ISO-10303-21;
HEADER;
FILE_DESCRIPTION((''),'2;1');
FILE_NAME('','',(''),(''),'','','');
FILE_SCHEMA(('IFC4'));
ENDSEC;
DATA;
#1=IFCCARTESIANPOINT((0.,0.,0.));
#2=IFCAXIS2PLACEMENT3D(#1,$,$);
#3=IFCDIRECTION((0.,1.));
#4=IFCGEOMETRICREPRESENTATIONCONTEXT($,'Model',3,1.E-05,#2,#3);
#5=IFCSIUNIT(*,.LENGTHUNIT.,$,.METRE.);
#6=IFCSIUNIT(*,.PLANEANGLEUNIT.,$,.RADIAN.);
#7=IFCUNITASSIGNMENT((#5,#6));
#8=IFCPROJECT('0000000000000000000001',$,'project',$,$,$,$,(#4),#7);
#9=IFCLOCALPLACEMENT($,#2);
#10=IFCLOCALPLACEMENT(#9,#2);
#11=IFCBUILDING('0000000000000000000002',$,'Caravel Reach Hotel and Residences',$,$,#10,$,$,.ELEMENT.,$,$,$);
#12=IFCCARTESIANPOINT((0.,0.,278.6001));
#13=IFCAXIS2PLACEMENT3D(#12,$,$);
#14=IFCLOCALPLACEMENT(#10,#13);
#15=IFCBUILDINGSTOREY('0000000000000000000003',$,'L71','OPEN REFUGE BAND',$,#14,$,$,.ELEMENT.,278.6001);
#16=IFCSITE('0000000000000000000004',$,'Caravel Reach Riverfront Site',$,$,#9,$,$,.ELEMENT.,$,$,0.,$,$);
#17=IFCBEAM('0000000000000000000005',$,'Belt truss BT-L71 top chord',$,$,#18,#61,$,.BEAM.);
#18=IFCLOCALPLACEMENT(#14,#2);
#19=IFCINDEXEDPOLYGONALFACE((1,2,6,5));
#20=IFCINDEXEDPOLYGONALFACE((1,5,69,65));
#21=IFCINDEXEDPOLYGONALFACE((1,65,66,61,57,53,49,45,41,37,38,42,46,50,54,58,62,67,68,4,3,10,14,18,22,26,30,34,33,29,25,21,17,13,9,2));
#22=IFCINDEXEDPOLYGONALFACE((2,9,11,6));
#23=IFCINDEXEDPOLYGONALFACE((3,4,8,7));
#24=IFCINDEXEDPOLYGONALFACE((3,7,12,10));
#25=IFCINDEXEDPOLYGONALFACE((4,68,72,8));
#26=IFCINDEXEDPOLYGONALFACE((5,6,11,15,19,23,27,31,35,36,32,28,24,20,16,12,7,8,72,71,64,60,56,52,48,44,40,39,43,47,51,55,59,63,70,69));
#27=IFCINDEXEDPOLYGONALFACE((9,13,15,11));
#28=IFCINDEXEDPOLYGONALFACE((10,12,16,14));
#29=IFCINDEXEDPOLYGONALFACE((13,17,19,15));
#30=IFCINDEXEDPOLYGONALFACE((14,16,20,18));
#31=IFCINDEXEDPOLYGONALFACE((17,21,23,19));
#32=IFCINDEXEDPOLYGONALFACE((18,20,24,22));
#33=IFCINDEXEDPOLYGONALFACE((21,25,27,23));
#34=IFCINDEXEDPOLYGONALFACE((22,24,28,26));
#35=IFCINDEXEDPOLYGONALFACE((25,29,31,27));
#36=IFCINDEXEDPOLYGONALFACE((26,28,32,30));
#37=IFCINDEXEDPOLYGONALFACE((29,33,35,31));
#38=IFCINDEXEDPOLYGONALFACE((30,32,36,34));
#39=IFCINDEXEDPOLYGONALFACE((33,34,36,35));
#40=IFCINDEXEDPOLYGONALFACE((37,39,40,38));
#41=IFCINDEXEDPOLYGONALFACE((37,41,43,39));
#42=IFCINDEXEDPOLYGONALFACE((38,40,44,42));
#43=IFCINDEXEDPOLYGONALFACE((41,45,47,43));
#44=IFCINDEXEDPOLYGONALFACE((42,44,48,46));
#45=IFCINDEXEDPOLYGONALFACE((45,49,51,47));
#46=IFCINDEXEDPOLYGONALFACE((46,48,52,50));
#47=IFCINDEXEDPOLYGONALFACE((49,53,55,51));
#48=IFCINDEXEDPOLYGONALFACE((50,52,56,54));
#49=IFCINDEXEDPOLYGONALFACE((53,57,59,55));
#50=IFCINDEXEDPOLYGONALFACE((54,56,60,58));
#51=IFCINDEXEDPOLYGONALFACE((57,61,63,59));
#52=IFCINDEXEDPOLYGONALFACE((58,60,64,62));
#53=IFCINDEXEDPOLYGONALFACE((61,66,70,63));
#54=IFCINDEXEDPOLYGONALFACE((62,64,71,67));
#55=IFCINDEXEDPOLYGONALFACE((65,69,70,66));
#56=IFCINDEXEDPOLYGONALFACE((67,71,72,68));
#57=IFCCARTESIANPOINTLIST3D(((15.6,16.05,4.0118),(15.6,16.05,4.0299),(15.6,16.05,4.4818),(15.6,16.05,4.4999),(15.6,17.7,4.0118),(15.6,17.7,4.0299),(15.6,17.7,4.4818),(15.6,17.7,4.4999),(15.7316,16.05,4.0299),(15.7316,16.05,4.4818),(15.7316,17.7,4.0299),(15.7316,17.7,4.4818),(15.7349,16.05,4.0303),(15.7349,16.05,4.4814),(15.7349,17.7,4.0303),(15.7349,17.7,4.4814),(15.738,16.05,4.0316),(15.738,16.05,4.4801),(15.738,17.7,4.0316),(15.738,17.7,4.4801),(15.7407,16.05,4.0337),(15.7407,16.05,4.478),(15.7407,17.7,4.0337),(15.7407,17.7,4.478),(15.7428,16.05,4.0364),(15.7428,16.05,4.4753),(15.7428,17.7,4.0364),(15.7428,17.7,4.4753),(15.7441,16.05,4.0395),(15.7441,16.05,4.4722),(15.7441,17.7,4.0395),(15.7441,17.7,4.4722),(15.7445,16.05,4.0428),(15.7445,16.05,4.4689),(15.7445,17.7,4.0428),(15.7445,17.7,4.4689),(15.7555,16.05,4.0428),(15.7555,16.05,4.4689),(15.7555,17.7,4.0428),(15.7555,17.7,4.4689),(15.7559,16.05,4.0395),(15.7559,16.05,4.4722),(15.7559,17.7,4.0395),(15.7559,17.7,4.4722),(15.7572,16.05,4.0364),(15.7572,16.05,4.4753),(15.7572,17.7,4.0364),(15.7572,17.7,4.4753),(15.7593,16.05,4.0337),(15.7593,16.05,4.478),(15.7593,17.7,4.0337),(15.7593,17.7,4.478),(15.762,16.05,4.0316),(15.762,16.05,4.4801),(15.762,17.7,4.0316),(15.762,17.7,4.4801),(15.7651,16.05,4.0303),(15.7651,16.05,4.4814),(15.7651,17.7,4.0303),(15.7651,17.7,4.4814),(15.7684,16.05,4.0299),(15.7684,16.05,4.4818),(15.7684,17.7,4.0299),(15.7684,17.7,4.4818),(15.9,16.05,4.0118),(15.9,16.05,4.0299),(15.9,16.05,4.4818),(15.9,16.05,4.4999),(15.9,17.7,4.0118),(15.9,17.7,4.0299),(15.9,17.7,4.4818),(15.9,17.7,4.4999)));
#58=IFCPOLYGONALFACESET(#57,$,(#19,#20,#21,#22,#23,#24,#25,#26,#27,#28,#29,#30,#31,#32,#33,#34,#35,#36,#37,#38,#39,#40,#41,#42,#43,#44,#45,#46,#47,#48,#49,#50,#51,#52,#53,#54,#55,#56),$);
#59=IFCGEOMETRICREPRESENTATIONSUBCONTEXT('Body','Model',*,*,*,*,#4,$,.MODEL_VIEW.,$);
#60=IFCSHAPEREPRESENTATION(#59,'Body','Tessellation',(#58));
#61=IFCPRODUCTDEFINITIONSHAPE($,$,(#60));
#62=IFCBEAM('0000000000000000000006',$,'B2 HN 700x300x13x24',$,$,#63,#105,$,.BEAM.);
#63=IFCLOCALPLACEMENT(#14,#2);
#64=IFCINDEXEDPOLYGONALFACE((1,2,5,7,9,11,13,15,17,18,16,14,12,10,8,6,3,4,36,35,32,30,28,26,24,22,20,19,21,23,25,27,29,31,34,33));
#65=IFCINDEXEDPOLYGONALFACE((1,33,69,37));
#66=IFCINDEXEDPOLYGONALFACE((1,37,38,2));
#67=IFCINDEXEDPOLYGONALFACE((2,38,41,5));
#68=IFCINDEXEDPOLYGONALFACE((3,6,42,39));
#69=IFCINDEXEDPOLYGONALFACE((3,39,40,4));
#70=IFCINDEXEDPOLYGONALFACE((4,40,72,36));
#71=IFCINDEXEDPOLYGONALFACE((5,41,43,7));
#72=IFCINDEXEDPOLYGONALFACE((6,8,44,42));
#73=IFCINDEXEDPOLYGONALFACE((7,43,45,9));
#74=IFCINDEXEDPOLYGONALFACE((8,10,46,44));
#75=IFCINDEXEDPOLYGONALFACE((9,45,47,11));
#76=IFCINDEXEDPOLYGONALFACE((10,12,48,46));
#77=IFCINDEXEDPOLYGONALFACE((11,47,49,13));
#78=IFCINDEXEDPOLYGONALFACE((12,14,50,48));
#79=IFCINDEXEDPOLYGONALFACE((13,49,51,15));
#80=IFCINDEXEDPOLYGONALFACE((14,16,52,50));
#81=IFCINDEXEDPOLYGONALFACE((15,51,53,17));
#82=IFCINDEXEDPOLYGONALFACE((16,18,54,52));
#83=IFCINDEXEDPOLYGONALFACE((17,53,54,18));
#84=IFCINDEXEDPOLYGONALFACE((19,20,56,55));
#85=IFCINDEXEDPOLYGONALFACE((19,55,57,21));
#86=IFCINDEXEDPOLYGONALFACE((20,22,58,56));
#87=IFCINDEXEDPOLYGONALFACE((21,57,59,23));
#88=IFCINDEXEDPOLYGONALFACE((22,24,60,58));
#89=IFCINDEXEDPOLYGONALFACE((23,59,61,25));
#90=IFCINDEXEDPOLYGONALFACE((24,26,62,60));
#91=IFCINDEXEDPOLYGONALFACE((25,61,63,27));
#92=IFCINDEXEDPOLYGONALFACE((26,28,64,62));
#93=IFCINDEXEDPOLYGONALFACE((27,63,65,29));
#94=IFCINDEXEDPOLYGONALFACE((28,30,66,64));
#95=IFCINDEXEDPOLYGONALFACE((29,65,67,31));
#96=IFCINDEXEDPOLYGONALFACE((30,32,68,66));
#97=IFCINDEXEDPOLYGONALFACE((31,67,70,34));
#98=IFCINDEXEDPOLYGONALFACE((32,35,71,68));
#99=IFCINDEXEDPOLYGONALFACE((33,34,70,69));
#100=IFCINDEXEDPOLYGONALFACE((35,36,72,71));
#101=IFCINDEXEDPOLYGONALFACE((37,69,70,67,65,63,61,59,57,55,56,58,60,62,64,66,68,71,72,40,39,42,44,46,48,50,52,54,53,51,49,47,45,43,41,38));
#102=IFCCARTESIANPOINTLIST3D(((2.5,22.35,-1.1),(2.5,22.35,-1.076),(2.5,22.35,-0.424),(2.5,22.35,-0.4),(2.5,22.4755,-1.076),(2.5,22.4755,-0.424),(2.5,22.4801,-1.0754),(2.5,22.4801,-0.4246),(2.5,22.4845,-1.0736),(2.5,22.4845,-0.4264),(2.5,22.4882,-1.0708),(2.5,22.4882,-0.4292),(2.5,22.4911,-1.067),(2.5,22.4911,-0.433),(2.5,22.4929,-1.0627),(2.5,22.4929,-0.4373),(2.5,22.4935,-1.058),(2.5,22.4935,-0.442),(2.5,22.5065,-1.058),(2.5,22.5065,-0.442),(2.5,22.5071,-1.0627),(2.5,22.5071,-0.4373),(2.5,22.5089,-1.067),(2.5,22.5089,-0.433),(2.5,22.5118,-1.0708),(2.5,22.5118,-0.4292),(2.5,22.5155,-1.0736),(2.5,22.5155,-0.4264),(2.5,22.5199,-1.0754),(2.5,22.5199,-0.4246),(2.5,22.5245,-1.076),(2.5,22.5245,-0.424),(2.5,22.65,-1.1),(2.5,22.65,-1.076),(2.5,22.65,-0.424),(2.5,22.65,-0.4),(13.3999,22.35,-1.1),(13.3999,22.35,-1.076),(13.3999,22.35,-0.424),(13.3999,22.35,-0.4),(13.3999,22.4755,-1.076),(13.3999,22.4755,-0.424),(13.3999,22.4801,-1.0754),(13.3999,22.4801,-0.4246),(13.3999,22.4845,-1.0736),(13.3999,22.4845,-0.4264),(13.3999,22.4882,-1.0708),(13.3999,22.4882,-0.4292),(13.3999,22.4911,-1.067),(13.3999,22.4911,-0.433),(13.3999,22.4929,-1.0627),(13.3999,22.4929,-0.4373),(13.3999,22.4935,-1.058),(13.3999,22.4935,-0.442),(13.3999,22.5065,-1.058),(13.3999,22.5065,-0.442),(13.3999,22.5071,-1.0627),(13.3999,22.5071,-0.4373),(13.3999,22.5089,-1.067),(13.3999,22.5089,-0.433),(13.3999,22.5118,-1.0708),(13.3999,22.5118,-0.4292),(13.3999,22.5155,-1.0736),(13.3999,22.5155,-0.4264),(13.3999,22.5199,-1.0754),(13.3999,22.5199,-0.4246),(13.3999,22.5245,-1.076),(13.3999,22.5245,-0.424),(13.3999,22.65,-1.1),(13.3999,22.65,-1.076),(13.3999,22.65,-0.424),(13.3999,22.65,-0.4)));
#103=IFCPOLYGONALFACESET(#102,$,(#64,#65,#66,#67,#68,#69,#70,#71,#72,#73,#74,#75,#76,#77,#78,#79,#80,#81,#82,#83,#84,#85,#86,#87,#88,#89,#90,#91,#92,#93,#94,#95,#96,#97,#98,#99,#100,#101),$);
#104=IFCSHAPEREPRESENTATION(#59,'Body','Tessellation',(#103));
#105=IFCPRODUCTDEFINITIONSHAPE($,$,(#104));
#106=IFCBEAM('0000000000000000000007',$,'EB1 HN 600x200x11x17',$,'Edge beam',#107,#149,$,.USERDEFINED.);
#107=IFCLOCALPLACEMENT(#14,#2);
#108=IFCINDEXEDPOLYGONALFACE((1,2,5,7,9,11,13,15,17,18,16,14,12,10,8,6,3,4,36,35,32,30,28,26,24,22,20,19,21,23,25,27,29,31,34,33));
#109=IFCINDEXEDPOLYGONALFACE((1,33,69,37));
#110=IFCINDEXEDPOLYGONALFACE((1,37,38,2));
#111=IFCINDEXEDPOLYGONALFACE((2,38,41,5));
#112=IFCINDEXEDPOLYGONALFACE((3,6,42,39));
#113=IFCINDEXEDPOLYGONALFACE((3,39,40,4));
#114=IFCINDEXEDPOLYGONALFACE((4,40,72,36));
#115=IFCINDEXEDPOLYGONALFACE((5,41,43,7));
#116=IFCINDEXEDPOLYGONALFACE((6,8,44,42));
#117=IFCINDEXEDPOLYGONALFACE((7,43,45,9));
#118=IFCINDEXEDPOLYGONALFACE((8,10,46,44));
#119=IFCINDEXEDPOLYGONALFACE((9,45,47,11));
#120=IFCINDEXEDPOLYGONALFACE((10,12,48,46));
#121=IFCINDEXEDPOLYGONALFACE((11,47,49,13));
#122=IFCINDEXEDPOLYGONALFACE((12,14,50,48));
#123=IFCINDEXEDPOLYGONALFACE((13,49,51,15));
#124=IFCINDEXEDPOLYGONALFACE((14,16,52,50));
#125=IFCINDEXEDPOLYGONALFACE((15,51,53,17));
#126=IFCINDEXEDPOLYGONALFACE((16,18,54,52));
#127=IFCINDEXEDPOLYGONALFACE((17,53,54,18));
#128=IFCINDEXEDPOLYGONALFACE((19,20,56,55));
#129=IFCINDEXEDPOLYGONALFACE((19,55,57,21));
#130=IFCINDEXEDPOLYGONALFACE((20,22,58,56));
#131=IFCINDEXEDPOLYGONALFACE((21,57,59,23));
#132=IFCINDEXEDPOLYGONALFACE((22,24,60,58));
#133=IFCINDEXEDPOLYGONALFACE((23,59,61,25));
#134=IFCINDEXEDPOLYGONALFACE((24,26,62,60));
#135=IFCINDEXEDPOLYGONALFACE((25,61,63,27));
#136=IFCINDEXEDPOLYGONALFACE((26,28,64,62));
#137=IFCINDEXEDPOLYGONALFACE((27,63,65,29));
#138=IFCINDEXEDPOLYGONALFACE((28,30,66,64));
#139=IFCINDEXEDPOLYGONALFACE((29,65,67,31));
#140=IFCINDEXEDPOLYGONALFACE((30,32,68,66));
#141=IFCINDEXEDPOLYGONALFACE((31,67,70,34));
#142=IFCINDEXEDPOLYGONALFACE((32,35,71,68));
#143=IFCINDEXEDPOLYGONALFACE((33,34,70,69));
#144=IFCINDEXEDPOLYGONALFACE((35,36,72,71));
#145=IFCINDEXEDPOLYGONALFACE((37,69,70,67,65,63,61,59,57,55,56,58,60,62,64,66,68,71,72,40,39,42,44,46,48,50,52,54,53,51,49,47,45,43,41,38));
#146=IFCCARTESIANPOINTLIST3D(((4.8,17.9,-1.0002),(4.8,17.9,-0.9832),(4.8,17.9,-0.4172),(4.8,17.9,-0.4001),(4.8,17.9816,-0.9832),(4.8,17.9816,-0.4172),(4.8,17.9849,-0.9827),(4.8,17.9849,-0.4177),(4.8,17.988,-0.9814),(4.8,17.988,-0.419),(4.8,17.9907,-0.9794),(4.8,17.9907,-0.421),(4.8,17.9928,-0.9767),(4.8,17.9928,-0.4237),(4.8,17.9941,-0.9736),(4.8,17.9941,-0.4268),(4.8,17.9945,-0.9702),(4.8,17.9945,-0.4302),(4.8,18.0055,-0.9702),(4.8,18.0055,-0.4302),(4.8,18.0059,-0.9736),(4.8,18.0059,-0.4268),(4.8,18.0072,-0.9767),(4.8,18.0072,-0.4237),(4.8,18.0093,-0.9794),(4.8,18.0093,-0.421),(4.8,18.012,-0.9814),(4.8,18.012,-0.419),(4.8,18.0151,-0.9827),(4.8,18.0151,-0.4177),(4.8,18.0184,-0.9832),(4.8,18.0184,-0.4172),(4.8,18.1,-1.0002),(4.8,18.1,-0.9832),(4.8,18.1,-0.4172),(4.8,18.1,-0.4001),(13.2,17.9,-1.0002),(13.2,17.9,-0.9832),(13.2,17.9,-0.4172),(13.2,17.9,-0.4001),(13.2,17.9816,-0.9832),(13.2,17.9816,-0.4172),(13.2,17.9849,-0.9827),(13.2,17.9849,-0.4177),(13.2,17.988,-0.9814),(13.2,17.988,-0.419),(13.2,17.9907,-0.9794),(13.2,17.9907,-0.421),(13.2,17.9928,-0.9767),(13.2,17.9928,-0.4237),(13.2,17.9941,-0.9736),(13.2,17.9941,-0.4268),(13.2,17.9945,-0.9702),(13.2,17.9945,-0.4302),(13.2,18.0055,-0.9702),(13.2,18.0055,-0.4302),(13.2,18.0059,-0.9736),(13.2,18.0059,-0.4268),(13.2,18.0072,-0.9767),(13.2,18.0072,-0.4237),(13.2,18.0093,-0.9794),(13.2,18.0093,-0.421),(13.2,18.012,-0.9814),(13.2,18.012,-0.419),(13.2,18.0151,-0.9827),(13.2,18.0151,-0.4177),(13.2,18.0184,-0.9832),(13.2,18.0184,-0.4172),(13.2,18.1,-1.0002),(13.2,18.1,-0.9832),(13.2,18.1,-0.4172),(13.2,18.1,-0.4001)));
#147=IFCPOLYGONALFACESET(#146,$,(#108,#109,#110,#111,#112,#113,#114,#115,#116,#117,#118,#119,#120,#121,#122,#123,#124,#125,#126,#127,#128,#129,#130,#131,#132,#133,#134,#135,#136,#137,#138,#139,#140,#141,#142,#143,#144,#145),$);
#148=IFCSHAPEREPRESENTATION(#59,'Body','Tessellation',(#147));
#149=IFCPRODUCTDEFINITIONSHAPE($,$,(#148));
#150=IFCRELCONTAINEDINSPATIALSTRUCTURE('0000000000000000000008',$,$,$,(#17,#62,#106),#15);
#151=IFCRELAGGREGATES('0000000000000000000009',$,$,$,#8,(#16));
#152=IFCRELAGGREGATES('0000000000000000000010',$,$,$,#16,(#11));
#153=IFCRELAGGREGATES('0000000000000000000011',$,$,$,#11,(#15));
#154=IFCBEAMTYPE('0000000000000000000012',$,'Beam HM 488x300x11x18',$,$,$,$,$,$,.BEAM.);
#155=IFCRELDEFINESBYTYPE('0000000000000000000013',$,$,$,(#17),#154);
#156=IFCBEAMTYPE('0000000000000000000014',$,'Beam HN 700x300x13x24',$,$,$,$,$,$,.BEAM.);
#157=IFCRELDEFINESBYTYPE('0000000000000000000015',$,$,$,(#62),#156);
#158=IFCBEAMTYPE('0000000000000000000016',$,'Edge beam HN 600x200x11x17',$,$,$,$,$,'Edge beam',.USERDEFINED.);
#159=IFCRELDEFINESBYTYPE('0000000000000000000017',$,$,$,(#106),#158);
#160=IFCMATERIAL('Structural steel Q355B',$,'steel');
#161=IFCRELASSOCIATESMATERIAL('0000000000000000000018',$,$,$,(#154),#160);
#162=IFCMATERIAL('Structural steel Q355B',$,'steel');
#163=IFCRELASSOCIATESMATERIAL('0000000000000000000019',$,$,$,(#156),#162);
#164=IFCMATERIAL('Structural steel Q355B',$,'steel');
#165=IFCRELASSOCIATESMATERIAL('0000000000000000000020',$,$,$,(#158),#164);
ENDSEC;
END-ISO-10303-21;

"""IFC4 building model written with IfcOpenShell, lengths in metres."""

from ifc_helpers import new_model, si_unit, direction, frame, origin, origin_2d, place, context, subcontext, project, spatial, i_section, extrude, material, material_profile, profile_set, type_object, element, save


model = new_model("IFC4")

# Units and contexts
model_context = context("Model", 3, precision=1e-05, world=origin(), true_north=direction((0.0, 1.0)))
body_context = subcontext(model_context, "Body", "Model", "MODEL_VIEW")
ifc_project = project(units=[si_unit("LENGTHUNIT", "METRE"), si_unit("PLANEANGLEUNIT", "RADIAN")], contexts=[model_context])

# Site, building, storey
site_placement = place(None, origin())
site = spatial("IfcSite", under=ifc_project, at=site_placement, Name="Caravel Reach Riverfront Site", CompositionType="ELEMENT", RefElevation=0.0)
building_placement = place(site_placement, origin())
building = spatial("IfcBuilding", under=site, at=building_placement, Name="Caravel Reach Hotel and Residences", CompositionType="ELEMENT")
storey_placement = place(building_placement, frame((0.0, 0.0, 278.6001)))
storey = spatial("IfcBuildingStorey", under=building, at=storey_placement, Name="L71", Description="OPEN REFUGE BAND", CompositionType="ELEMENT", Elevation=278.6001)

# Beams
ifc_material_1 = material(Name="Structural steel Q355B", Category="steel")
ifc_material_profile_1 = material_profile(ifc_material_1, i_section(OverallWidth=0.3, OverallDepth=0.488, WebThickness=0.011, FlangeThickness=0.0181, FilletRadius=0.0129, at=origin_2d()), Name="HM 488x300x11x18")
ifc_profile_set_1 = profile_set([ifc_material_profile_1], Name="Structural steel Q355B")
beam_type_1 = type_object("IfcBeamType", Name="Beam HM 488x300x11x18", PredefinedType="BEAM", material=ifc_profile_set_1)
for number, where, z_axis, x_axis, name in (
    (1, (15.75, 17.7, 4.2559), (0.0, -1.0, 0.0), (1.0, 0.0, 0.0), "Belt truss BT-L71 top chord"),
):
    element("IfcBeam", number, at=place(storey_placement, frame(where, z_axis=z_axis, x_axis=x_axis)), inside=storey, type_object=beam_type_1, Name=name, PredefinedType="BEAM", context=body_context, shape_type="SweptSolid", body=[
        extrude(i_section(OverallWidth=0.3, OverallDepth=0.488, WebThickness=0.011, FlangeThickness=0.0181, FilletRadius=0.0129, at=origin_2d()), origin(), (0.0, 0.0, 1.0), 1.6499),
    ])
ifc_material_2 = material(Name="Structural steel Q355B", Category="steel")
ifc_material_profile_2 = material_profile(ifc_material_2, i_section(OverallWidth=0.3, OverallDepth=0.7, WebThickness=0.0129, FlangeThickness=0.0239, FilletRadius=0.0181, at=origin_2d()), Name="HN 700x300x13x24")
ifc_profile_set_2 = profile_set([ifc_material_profile_2], Name="Structural steel Q355B")
beam_type_2 = type_object("IfcBeamType", Name="Beam HN 700x300x13x24", PredefinedType="BEAM", material=ifc_profile_set_2)
beam_1_placement = place(storey_placement, frame((13.3999, 22.5, -0.75), z_axis=(-1.0, 0.0, 0.0), x_axis=(0.0, -1.0, 0.0)))
element("IfcBeam", 2, at=beam_1_placement, inside=storey, type_object=beam_type_2, Name="B2 HN 700x300x13x24", PredefinedType="BEAM", context=body_context, shape_type="SweptSolid", body=[
    extrude(i_section(OverallWidth=0.3, OverallDepth=0.7, WebThickness=0.0129, FlangeThickness=0.0239, FilletRadius=0.0181, at=origin_2d()), origin(), (0.0, 0.0, 1.0), 10.8999),
])
ifc_material_3 = material(Name="Structural steel Q355B", Category="steel")
ifc_material_profile_3 = material_profile(ifc_material_3, i_section(OverallWidth=0.2, OverallDepth=0.6001, WebThickness=0.011, FlangeThickness=0.0171, FilletRadius=0.0129, at=origin_2d()), Name="HN 600x200x11x17")
ifc_profile_set_3 = profile_set([ifc_material_profile_3], Name="Structural steel Q355B")
beam_type_3 = type_object("IfcBeamType", Name="Edge beam HN 600x200x11x17", ElementType="Edge beam", PredefinedType="USERDEFINED", material=ifc_profile_set_3)
beam_2_placement = place(storey_placement, frame((4.8, 18.0, -0.7002), z_axis=(1.0, 0.0, 0.0), x_axis=(0.0, 1.0, 0.0)))
element("IfcBeam", 3, at=beam_2_placement, inside=storey, type_object=beam_type_3, Name="EB1 HN 600x200x11x17", ObjectType="Edge beam", PredefinedType="USERDEFINED", context=body_context, shape_type="SweptSolid", body=[
    extrude(i_section(OverallWidth=0.2, OverallDepth=0.6001, WebThickness=0.011, FlangeThickness=0.0171, FilletRadius=0.0129, at=origin_2d()), origin(), (0.0, 0.0, 1.0), 8.3999),
])

save(model, "model.ifc")
